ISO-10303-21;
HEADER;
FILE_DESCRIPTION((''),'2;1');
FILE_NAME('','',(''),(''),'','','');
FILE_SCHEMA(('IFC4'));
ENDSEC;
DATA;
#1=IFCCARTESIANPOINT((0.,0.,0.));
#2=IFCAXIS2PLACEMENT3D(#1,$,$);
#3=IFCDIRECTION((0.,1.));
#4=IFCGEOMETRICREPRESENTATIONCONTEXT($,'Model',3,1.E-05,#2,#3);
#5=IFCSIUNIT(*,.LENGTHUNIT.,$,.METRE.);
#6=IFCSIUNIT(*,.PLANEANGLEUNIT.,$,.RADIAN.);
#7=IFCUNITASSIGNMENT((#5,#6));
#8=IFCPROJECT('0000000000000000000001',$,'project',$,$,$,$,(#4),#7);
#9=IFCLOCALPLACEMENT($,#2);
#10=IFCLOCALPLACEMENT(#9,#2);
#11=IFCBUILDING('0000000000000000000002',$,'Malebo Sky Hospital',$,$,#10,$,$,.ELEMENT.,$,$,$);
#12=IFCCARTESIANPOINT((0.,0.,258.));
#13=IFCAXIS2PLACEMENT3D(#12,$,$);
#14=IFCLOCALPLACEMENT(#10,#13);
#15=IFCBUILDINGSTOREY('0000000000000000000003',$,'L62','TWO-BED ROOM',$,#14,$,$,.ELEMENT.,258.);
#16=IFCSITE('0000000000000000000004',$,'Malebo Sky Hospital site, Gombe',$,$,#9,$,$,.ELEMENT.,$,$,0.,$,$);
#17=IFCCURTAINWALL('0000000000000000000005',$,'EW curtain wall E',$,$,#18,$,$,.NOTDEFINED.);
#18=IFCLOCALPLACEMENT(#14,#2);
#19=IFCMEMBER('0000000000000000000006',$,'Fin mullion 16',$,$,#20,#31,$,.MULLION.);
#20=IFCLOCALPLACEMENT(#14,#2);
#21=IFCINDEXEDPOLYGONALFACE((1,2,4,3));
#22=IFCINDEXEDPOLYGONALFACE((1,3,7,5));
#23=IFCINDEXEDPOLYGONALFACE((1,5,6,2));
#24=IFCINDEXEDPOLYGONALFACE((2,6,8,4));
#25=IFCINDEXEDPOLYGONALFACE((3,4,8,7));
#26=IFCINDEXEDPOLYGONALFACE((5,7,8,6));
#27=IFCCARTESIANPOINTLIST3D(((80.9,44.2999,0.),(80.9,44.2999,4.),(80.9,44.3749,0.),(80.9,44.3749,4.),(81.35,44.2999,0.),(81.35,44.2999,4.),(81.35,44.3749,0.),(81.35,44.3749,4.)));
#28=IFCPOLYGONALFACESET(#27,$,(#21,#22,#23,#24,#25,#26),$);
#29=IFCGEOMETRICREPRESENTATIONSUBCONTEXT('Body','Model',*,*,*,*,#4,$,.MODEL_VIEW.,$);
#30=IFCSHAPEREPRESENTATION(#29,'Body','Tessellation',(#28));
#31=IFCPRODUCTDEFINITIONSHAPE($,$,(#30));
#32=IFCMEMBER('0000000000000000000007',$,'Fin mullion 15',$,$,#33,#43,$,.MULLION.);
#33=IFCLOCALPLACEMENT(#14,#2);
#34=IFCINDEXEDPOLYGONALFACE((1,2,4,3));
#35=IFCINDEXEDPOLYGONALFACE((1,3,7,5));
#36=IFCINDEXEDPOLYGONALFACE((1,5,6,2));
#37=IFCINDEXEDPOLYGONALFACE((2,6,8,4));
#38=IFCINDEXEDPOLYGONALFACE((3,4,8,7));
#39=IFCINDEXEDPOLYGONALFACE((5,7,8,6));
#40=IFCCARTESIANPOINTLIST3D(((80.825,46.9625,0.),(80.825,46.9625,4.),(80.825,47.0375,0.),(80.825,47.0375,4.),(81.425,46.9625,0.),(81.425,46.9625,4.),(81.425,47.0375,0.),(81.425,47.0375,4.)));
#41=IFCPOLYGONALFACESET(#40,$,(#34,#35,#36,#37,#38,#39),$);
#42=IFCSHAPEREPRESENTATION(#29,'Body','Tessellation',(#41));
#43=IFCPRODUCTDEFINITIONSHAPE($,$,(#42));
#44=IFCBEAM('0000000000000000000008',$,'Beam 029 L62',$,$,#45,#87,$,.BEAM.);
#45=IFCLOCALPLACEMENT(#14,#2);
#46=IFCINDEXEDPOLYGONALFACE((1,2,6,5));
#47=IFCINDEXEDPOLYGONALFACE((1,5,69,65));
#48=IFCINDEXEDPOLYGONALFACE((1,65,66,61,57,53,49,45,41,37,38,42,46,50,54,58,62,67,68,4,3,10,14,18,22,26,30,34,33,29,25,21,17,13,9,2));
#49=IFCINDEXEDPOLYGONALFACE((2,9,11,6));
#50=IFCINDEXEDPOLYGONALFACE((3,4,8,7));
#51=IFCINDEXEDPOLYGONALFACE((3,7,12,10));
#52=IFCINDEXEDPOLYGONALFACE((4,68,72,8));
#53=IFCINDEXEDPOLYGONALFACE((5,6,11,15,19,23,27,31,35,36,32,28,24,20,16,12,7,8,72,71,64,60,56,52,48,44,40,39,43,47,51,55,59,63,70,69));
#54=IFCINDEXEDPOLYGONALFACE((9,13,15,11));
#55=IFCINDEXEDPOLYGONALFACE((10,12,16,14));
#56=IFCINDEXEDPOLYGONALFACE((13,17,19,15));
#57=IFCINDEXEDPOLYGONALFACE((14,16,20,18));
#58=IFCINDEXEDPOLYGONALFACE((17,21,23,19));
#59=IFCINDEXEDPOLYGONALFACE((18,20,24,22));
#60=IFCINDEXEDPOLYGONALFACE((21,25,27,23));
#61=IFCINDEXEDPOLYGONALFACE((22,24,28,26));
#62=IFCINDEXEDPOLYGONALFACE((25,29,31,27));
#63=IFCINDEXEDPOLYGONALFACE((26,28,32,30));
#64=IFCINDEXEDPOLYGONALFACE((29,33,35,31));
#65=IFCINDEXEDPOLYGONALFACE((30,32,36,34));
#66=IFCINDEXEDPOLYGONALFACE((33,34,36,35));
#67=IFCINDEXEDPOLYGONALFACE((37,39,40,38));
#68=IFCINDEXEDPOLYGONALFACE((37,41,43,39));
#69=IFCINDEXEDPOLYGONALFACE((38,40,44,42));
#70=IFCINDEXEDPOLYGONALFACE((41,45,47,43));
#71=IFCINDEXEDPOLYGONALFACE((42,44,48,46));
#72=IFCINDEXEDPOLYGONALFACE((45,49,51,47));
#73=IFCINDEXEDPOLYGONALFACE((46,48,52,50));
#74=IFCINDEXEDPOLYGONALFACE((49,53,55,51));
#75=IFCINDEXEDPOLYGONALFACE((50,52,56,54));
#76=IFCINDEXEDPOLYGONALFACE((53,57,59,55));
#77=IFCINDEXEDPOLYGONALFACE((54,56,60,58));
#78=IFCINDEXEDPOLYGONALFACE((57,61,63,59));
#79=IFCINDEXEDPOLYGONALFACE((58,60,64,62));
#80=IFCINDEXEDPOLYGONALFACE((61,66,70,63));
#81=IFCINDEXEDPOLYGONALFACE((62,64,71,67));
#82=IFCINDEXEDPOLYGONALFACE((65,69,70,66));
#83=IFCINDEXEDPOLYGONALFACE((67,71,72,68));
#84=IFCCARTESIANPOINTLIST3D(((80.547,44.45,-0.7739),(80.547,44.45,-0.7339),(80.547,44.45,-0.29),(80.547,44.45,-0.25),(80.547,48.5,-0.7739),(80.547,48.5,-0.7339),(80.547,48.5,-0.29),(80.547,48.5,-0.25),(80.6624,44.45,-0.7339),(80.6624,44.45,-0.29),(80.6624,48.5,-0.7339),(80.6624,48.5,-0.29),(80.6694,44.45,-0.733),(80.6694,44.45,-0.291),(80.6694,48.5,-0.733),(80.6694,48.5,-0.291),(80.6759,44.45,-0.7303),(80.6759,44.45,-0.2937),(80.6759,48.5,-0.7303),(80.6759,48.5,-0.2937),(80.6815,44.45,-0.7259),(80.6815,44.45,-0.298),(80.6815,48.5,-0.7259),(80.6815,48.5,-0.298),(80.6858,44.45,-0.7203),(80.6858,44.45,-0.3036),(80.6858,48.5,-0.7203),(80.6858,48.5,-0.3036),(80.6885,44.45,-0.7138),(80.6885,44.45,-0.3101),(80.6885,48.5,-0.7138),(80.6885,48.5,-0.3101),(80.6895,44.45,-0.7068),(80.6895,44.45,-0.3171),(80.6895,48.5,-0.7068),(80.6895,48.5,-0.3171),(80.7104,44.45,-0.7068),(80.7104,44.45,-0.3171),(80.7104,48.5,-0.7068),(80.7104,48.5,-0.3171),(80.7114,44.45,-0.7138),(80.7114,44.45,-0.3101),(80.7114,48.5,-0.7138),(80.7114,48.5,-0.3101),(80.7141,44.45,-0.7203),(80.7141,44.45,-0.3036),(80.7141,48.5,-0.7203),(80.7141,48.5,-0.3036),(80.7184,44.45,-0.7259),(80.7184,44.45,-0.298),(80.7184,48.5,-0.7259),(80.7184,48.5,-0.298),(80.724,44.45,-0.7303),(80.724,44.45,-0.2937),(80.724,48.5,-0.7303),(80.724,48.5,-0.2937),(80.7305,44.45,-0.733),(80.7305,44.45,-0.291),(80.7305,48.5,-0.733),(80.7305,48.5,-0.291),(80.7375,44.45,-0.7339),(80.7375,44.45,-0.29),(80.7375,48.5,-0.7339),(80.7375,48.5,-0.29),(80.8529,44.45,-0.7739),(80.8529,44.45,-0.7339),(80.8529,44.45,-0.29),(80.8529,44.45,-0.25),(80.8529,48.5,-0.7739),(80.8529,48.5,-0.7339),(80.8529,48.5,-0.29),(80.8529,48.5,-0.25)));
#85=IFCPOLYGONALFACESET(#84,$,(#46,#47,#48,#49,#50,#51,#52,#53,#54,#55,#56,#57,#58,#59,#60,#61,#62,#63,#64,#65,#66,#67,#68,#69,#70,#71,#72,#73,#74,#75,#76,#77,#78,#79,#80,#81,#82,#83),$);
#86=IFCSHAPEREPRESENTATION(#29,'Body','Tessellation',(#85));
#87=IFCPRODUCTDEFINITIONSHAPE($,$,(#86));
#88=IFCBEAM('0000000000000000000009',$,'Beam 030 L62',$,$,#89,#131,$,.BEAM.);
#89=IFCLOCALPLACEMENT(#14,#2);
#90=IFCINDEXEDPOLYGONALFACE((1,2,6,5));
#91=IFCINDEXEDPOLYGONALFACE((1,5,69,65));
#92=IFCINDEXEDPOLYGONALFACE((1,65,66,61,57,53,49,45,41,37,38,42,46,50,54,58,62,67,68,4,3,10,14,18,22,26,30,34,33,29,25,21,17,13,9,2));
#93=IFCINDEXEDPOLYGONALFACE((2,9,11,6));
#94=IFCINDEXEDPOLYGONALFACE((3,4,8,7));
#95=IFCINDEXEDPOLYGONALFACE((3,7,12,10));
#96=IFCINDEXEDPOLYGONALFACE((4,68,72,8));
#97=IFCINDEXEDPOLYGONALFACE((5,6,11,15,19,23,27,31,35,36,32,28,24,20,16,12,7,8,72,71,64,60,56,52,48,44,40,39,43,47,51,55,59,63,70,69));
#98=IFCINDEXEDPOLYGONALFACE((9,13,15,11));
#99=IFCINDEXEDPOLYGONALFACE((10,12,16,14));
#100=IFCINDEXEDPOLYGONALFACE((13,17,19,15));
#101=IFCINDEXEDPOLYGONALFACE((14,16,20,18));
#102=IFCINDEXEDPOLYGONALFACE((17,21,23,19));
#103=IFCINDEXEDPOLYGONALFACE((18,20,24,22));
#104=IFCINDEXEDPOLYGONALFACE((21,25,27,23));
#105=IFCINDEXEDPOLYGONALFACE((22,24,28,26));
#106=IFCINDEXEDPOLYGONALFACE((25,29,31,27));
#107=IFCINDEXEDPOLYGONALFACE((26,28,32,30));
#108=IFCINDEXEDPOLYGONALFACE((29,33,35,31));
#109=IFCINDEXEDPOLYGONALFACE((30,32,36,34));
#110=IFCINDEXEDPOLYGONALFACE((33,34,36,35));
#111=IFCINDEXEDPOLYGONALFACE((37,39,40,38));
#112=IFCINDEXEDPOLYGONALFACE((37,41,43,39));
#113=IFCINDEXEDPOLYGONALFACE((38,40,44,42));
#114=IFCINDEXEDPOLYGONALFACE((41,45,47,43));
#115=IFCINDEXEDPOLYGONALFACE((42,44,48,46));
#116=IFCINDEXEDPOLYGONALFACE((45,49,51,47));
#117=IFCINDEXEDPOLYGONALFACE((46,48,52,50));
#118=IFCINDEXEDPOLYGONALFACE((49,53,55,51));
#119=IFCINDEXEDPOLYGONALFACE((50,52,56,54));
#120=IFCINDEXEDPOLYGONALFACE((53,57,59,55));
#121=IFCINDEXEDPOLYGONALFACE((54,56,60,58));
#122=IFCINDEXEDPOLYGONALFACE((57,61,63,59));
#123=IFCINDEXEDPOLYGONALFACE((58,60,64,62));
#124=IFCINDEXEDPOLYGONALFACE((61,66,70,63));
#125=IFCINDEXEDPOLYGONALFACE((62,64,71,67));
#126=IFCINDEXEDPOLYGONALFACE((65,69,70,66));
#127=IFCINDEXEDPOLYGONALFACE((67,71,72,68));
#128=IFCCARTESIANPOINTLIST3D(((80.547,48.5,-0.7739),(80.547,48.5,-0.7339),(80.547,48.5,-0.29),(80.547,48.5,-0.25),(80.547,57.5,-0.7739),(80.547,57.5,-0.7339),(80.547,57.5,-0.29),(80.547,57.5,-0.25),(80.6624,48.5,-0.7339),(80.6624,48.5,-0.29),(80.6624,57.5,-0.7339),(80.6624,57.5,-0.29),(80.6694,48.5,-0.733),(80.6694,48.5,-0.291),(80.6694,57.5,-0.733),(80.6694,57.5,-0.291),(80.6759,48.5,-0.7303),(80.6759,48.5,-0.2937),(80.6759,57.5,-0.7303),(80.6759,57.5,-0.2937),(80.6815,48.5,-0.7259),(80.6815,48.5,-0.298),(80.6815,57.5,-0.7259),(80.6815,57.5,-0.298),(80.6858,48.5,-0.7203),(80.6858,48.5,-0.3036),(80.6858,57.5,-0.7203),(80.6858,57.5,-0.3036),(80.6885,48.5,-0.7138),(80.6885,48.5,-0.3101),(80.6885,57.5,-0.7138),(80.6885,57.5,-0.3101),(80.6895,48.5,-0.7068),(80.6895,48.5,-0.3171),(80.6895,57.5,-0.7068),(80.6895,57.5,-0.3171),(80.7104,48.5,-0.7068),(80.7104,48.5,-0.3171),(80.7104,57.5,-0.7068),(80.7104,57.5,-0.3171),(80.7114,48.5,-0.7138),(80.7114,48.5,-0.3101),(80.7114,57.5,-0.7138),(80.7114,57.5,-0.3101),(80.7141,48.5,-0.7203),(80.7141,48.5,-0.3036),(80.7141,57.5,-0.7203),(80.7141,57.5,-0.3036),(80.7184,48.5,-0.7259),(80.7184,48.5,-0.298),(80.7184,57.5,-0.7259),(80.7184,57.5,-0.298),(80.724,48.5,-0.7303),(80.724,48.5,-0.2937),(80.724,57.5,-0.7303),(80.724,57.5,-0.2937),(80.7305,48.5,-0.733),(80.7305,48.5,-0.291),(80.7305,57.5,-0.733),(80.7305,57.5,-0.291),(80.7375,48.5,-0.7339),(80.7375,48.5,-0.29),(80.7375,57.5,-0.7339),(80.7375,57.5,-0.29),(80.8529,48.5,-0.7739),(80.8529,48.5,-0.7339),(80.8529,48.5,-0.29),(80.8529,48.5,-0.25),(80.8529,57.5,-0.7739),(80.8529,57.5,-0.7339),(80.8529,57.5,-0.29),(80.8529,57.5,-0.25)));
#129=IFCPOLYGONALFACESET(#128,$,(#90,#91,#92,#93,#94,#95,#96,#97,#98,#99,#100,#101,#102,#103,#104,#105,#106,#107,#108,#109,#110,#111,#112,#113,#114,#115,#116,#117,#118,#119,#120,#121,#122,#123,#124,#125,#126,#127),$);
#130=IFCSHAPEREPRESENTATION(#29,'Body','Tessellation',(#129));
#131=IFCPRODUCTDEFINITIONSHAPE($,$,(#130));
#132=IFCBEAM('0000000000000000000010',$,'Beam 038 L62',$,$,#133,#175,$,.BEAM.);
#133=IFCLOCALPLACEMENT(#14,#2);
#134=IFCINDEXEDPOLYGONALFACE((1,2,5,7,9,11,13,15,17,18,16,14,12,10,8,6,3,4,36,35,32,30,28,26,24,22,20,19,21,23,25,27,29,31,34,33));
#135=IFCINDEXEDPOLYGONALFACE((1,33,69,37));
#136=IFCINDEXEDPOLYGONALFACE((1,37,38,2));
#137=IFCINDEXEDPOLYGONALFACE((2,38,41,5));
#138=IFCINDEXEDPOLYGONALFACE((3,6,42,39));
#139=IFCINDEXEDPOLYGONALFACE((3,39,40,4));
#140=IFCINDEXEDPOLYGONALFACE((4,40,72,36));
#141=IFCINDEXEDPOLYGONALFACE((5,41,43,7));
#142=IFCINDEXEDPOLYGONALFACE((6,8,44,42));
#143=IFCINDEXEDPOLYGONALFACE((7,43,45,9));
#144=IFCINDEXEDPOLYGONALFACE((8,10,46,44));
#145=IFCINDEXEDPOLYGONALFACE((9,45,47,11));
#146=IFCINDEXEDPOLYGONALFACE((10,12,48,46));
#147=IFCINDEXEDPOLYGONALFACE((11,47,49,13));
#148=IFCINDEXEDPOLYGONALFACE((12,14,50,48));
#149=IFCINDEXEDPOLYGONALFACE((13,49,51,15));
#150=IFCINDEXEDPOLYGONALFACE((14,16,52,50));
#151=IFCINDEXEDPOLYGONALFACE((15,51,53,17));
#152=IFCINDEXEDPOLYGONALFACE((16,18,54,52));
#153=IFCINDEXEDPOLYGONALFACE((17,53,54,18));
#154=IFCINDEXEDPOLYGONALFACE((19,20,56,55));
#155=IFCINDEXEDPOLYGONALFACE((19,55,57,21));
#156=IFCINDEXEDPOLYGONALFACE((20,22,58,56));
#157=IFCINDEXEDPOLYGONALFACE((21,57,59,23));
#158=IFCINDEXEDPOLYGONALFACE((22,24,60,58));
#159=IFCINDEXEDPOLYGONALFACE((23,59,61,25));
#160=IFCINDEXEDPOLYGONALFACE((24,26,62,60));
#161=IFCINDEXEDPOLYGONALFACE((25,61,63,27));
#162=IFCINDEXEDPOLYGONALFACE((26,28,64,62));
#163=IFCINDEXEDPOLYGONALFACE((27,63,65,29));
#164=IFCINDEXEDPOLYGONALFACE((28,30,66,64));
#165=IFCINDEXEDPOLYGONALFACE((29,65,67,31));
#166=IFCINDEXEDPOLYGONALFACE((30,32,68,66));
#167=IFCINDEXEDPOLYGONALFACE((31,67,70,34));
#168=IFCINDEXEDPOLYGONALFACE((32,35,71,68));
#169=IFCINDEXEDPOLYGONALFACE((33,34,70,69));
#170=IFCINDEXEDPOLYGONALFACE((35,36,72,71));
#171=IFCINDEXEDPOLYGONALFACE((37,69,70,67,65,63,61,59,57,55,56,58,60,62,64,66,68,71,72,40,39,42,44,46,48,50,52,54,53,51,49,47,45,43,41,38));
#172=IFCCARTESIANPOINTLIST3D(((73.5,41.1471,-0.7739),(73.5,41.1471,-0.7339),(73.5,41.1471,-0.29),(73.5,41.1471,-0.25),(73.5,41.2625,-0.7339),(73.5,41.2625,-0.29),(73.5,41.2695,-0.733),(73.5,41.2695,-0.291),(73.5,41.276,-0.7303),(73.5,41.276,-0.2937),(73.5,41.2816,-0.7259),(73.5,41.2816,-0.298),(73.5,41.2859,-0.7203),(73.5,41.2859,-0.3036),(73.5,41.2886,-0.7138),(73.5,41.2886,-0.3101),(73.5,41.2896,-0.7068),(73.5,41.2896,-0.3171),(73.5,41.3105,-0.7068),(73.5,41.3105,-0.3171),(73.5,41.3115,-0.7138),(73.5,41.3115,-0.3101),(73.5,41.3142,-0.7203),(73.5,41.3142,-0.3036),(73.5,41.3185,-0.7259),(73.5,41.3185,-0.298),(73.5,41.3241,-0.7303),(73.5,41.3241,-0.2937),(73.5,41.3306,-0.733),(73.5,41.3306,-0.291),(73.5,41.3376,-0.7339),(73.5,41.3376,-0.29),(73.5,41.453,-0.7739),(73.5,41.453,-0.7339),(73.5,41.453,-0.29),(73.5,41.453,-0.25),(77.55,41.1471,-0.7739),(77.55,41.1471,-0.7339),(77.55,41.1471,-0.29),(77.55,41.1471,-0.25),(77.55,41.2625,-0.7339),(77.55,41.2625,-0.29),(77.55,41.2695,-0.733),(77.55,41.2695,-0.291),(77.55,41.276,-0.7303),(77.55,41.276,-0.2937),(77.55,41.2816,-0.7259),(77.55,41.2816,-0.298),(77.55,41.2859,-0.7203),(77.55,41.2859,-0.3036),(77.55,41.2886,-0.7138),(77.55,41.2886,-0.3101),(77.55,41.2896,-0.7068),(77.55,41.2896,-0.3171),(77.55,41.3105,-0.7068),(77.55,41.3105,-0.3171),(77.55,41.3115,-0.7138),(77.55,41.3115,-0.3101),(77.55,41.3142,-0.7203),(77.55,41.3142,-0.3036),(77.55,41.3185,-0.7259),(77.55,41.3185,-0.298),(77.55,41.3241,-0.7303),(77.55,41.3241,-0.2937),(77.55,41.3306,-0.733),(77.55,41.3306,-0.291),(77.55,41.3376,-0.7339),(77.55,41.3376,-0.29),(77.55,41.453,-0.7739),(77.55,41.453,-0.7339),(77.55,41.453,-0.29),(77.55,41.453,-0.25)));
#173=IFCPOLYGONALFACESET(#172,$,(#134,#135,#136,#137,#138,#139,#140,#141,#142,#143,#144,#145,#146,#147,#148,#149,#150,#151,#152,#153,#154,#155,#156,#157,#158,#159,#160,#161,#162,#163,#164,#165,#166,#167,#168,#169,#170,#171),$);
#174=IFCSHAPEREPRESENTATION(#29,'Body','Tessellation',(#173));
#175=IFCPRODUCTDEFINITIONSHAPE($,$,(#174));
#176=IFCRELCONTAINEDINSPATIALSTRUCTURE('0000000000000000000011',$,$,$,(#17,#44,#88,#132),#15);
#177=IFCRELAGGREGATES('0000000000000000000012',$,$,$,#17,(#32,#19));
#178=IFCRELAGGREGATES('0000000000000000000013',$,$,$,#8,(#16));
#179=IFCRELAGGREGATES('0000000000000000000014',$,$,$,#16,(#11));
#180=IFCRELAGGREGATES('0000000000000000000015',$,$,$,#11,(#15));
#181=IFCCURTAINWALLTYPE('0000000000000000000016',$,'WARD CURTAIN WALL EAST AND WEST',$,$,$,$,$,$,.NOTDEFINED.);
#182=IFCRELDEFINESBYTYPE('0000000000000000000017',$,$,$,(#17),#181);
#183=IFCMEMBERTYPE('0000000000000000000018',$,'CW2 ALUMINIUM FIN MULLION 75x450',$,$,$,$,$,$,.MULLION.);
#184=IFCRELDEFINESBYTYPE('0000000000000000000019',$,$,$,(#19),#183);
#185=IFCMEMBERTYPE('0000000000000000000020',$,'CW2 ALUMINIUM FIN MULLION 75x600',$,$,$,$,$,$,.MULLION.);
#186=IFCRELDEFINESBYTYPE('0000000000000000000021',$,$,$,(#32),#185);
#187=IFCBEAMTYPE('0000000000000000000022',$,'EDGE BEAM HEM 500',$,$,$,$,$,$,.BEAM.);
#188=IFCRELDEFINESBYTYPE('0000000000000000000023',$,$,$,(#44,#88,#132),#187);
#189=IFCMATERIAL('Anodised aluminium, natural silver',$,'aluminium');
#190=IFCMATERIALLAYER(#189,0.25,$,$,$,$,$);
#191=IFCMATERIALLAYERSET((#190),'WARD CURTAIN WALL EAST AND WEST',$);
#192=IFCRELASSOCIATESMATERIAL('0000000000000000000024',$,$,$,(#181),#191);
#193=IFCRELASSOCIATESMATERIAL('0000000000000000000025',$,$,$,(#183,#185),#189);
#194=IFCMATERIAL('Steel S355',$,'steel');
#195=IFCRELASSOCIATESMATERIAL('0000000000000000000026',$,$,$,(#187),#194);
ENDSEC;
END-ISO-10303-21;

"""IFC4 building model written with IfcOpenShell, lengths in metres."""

from ifc_helpers import new_model, si_unit, direction, frame, origin, origin_2d, place, context, subcontext, project, spatial, rectangle, i_section, extrude, material, layer, layer_set, material_profile, profile_set, type_object, element, aggregate, save


model = new_model("IFC4")

# Units and contexts
model_context = context("Model", 3, precision=1e-05, world=origin(), true_north=direction((0.0, 1.0)))
body_context = subcontext(model_context, "Body", "Model", "MODEL_VIEW")
ifc_project = project(units=[si_unit("LENGTHUNIT", "METRE"), si_unit("PLANEANGLEUNIT", "RADIAN")], contexts=[model_context])

# Site, building, storey
site_placement = place(None, origin())
site = spatial("IfcSite", under=ifc_project, at=site_placement, Name="Malebo Sky Hospital site, Gombe", CompositionType="ELEMENT", RefElevation=0.0)
building_placement = place(site_placement, origin())
building = spatial("IfcBuilding", under=site, at=building_placement, Name="Malebo Sky Hospital", CompositionType="ELEMENT")
storey_placement = place(building_placement, frame((0.0, 0.0, 258.0)))
storey = spatial("IfcBuildingStorey", under=building, at=storey_placement, Name="L62", Description="TWO-BED ROOM", CompositionType="ELEMENT", Elevation=258.0)

# Curtain wall
ifc_material_1 = material(Name="Anodised aluminium, natural silver", Category="aluminium")
ifc_layer_1 = layer(ifc_material_1, 0.25)
ifc_layer_set_1 = layer_set([ifc_layer_1], Name="WARD CURTAIN WALL EAST AND WEST")
curtain_wall_type_1 = type_object("IfcCurtainWallType", Name="WARD CURTAIN WALL EAST AND WEST", PredefinedType="NOTDEFINED", material=ifc_layer_set_1)
curtain_wall_1_placement = place(storey_placement, origin())
curtain_wall_1 = element("IfcCurtainWall", 1, at=curtain_wall_1_placement, inside=storey, type_object=curtain_wall_type_1, Name="EW curtain wall E", PredefinedType="NOTDEFINED")

# Members
ifc_material_profile_1 = material_profile(ifc_material_1, rectangle(XDim=0.075, YDim=0.45, at=origin_2d()), Name="CW2 ALUMINIUM FIN MULLION 75x450")
ifc_profile_set_1 = profile_set([ifc_material_profile_1], Name="Anodised aluminium, natural silver")
member_type_1 = type_object("IfcMemberType", Name="CW2 ALUMINIUM FIN MULLION 75x450", PredefinedType="MULLION", material=ifc_profile_set_1)
member_1_placement = place(storey_placement, frame((81.125, 44.3374, 0.0), z_axis=(0.0, 0.0, 1.0), x_axis=(0.0, -1.0, 0.0)))
member_1 = element("IfcMember", 2, at=member_1_placement, type_object=member_type_1, Name="Fin mullion 16", PredefinedType="MULLION", context=body_context, shape_type="SweptSolid", body=[
    extrude(rectangle(XDim=0.075, YDim=0.45, at=origin_2d()), origin(), (0.0, 0.0, 1.0), 4.0),
])
ifc_material_profile_2 = material_profile(ifc_material_1, rectangle(XDim=0.075, YDim=0.6001, at=origin_2d()), Name="CW2 ALUMINIUM FIN MULLION 75x600")
ifc_profile_set_2 = profile_set([ifc_material_profile_2], Name="Anodised aluminium, natural silver")
member_type_2 = type_object("IfcMemberType", Name="CW2 ALUMINIUM FIN MULLION 75x600", PredefinedType="MULLION", material=ifc_profile_set_2)
member_2_placement = place(storey_placement, frame((81.125, 47.0, 0.0), z_axis=(0.0, 0.0, 1.0), x_axis=(0.0, -1.0, 0.0)))
member_2 = element("IfcMember", 3, at=member_2_placement, type_object=member_type_2, Name="Fin mullion 15", PredefinedType="MULLION", context=body_context, shape_type="SweptSolid", body=[
    extrude(rectangle(XDim=0.075, YDim=0.6001, at=origin_2d()), origin(), (0.0, 0.0, 1.0), 4.0),
])

# Beams
ifc_material_2 = material(Name="Steel S355", Category="steel")
ifc_material_profile_3 = material_profile(ifc_material_2, i_section(OverallWidth=0.3059, OverallDepth=0.5239, WebThickness=0.021, FlangeThickness=0.04, FilletRadius=0.0271, at=origin_2d()), Name="HEM 500")
ifc_profile_set_3 = profile_set([ifc_material_profile_3], Name="Steel S355")
beam_type_1 = type_object("IfcBeamType", Name="EDGE BEAM HEM 500", PredefinedType="BEAM", material=ifc_profile_set_3)
beam_1_placement = place(storey_placement, frame((80.7, 44.45, -0.512), z_axis=(0.0, 1.0, 0.0), x_axis=(-1.0, 0.0, 0.0)))
element("IfcBeam", 4, at=beam_1_placement, inside=storey, type_object=beam_type_1, Name="Beam 029 L62", PredefinedType="BEAM", context=body_context, shape_type="SweptSolid", body=[
    extrude(i_section(OverallWidth=0.3059, OverallDepth=0.5239, WebThickness=0.021, FlangeThickness=0.04, FilletRadius=0.0271, at=origin_2d()), origin(), (0.0, 0.0, 1.0), 4.05),
])
beam_2_placement = place(storey_placement, frame((80.7, 48.5, -0.512), z_axis=(0.0, 1.0, 0.0), x_axis=(-1.0, 0.0, 0.0)))
element("IfcBeam", 5, at=beam_2_placement, inside=storey, type_object=beam_type_1, Name="Beam 030 L62", PredefinedType="BEAM", context=body_context, shape_type="SweptSolid", body=[
    extrude(i_section(OverallWidth=0.3059, OverallDepth=0.5239, WebThickness=0.021, FlangeThickness=0.04, FilletRadius=0.0271, at=origin_2d()), origin(), (0.0, 0.0, 1.0), 9.0),
])
beam_3_placement = place(storey_placement, frame((73.5, 41.3, -0.512), z_axis=(1.0, 0.0, 0.0), x_axis=(0.0, 1.0, 0.0)))
element("IfcBeam", 6, at=beam_3_placement, inside=storey, type_object=beam_type_1, Name="Beam 038 L62", PredefinedType="BEAM", context=body_context, shape_type="SweptSolid", body=[
    extrude(i_section(OverallWidth=0.3059, OverallDepth=0.5239, WebThickness=0.021, FlangeThickness=0.04, FilletRadius=0.0271, at=origin_2d()), origin(), (0.0, 0.0, 1.0), 4.05),
])

aggregate(curtain_wall_1, [member_2, member_1])

save(model, "model.ifc")
